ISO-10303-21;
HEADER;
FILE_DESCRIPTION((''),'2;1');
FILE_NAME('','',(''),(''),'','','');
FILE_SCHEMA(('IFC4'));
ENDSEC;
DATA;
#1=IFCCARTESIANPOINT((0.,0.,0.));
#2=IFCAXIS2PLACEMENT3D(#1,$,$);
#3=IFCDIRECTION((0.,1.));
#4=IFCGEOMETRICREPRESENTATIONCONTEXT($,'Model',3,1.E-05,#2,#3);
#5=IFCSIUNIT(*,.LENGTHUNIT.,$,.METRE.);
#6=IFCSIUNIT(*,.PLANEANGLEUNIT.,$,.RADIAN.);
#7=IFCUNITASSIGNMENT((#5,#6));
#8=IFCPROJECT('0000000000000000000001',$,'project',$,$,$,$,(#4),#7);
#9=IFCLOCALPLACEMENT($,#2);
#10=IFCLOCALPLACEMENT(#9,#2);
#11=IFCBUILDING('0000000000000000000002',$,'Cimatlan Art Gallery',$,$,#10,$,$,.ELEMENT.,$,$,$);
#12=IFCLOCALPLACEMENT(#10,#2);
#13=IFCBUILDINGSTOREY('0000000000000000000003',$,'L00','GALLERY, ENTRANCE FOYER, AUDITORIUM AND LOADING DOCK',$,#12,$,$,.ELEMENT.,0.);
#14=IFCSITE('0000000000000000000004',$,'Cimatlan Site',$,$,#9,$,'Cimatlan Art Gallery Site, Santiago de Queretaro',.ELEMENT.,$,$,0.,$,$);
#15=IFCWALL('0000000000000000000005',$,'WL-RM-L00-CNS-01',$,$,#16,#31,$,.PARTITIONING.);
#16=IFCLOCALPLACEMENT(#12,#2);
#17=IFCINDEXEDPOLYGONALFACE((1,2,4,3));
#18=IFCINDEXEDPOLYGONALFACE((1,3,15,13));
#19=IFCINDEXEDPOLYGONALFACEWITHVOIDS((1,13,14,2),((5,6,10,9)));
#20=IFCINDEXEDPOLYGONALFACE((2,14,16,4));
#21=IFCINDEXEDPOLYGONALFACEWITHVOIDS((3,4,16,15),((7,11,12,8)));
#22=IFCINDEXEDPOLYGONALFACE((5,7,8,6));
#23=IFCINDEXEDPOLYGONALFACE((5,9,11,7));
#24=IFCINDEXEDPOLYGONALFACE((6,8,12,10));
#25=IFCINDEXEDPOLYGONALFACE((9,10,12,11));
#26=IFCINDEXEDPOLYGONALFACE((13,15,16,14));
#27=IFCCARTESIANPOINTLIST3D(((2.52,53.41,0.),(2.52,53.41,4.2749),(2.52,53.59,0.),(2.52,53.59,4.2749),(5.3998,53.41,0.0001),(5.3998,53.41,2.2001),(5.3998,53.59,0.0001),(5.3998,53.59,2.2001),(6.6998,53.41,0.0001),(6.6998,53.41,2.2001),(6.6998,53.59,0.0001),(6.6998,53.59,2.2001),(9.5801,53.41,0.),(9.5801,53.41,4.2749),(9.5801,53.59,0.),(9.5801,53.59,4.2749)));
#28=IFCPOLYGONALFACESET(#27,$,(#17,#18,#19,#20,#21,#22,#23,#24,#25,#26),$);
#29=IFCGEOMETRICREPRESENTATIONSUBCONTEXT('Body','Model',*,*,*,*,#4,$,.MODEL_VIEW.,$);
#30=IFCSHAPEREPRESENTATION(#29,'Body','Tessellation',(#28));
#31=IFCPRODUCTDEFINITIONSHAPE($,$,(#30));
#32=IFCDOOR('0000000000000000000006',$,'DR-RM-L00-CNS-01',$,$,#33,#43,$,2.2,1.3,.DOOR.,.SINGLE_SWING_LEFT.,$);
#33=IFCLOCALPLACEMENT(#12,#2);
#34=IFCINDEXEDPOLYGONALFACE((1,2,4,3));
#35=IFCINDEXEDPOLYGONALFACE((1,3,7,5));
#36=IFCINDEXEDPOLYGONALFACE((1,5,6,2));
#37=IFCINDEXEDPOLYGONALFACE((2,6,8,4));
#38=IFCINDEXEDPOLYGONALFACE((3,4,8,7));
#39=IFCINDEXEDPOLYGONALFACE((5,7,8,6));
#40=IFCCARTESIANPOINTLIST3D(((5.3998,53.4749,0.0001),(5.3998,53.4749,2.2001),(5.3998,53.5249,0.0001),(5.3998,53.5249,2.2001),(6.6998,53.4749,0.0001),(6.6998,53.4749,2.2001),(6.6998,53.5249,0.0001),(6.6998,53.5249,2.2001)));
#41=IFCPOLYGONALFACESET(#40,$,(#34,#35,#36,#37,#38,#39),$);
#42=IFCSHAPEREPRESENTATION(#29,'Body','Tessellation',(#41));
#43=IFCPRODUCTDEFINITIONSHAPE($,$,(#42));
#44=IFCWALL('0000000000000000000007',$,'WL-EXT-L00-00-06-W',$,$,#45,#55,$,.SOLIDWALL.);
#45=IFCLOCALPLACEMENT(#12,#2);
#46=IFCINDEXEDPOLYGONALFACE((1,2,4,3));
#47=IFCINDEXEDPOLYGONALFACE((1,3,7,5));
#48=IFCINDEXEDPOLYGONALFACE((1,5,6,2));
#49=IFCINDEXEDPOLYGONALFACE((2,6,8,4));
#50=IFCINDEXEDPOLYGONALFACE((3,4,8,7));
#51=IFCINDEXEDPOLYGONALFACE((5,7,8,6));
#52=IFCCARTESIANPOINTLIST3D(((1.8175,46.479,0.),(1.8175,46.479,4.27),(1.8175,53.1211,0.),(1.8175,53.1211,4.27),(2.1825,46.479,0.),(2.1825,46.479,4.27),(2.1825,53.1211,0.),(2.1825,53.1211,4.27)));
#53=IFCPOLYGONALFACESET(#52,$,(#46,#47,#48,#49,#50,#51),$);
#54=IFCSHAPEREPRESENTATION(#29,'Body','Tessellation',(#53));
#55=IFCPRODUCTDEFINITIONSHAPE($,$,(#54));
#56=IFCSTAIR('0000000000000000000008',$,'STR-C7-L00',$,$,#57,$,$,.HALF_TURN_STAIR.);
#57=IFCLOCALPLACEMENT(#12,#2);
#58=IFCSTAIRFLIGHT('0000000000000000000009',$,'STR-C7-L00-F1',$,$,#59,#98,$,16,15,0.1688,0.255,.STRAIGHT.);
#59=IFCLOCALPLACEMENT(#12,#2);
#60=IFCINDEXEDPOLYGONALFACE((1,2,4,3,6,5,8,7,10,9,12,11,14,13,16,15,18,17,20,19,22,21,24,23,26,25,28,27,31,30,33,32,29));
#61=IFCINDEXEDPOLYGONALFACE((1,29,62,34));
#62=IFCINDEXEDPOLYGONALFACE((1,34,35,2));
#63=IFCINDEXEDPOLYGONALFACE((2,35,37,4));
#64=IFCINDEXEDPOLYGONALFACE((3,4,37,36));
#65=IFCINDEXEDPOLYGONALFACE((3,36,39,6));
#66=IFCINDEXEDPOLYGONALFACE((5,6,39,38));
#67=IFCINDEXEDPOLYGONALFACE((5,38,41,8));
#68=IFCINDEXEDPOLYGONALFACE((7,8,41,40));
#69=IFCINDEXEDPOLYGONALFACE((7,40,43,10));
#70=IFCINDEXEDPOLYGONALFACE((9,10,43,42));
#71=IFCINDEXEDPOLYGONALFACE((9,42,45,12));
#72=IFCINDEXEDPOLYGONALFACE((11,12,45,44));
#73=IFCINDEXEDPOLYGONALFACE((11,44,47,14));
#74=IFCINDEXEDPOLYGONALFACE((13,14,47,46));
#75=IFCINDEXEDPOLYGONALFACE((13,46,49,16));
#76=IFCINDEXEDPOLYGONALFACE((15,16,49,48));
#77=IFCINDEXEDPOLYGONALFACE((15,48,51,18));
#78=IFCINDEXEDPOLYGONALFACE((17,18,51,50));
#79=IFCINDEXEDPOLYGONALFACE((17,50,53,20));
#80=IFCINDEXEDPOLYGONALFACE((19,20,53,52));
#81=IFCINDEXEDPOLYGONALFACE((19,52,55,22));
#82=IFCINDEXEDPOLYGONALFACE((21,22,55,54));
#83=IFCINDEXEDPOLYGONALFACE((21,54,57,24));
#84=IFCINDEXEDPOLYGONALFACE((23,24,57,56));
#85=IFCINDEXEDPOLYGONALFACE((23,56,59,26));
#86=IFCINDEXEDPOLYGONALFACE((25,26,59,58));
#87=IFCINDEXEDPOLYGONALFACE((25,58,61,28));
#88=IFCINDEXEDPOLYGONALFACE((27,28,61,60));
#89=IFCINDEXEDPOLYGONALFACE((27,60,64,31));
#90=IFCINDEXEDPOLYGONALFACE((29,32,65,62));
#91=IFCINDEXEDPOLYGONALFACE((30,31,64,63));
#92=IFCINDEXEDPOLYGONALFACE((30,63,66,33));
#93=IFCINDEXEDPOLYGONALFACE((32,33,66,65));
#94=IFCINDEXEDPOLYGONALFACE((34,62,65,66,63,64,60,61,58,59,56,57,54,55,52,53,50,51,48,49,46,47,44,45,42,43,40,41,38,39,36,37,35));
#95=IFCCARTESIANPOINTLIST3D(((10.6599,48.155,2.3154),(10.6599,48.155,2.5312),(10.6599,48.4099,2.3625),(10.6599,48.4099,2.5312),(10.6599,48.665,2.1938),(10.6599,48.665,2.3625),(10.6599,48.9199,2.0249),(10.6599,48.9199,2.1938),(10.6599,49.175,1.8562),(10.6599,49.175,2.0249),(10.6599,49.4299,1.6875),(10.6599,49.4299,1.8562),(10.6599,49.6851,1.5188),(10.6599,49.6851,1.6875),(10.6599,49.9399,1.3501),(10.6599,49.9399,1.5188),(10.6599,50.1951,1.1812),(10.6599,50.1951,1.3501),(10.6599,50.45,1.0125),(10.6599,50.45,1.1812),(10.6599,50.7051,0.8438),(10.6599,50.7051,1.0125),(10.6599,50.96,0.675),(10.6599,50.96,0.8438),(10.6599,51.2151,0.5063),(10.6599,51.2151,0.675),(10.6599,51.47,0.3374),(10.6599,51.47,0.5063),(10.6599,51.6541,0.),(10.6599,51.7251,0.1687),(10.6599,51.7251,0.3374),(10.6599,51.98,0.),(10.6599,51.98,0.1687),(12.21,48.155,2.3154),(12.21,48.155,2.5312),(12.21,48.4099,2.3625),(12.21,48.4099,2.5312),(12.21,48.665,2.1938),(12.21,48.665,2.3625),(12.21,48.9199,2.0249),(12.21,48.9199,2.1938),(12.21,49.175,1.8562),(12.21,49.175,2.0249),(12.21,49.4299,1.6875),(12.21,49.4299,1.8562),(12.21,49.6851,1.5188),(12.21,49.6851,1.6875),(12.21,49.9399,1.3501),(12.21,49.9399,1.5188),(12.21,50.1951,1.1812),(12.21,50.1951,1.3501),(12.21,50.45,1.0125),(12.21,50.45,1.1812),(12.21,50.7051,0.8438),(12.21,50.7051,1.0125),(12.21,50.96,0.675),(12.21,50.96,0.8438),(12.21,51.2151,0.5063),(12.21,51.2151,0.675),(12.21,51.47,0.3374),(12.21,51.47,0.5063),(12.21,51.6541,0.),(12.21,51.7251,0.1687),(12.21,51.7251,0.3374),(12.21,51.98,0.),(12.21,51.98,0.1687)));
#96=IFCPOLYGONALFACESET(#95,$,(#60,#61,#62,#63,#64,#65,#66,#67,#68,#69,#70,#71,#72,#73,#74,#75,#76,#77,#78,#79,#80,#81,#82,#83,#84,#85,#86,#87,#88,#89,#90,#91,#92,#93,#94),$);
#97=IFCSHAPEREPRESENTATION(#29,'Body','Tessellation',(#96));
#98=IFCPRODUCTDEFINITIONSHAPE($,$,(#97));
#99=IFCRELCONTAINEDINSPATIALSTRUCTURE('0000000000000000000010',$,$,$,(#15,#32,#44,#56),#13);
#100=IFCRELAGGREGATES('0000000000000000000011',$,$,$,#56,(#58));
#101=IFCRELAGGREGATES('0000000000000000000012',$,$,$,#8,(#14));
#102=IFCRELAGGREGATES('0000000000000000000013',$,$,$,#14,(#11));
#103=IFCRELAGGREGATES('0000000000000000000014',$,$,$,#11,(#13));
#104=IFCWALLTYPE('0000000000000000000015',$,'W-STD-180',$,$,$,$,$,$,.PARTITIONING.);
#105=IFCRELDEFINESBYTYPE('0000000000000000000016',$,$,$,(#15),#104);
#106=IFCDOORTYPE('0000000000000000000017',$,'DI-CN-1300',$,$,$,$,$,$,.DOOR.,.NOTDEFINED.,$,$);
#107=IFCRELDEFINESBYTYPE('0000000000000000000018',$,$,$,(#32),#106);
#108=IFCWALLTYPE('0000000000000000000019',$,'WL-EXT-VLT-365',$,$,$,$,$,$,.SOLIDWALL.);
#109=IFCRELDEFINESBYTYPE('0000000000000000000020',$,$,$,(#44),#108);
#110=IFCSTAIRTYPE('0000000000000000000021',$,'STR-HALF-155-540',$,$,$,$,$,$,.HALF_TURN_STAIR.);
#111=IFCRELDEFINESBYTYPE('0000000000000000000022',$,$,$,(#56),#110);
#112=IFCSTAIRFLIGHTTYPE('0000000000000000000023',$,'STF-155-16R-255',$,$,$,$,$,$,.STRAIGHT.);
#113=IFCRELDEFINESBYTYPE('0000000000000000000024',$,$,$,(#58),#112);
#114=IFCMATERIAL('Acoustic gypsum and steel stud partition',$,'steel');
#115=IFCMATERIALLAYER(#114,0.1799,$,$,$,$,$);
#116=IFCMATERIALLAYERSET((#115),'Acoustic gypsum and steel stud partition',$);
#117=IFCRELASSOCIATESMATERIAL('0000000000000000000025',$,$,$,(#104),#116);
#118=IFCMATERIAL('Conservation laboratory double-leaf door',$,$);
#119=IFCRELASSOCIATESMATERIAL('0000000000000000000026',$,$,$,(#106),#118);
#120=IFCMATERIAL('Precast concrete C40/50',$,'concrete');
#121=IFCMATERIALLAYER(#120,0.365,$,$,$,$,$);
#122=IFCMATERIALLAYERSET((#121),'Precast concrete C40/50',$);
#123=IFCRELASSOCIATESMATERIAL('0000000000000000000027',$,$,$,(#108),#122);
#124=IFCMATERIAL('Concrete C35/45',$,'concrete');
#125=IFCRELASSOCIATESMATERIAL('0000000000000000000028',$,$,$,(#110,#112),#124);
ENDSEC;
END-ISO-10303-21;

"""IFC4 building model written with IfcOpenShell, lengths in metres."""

from ifc_helpers import new_model, si_unit, direction, frame, frame_2d, origin, place, context, subcontext, project, spatial, polyline, rectangle, outline, extrude, material, layer, layer_set, type_object, element, fill, aggregate, save


model = new_model("IFC4")

# Units and contexts
model_context = context("Model", 3, precision=1e-05, world=origin(), true_north=direction((0.0, 1.0)))
body_context = subcontext(model_context, "Body", "Model", "MODEL_VIEW")
ifc_project = project(units=[si_unit("LENGTHUNIT", "METRE"), si_unit("PLANEANGLEUNIT", "RADIAN")], contexts=[model_context])

# Site, building, storey
site_placement = place(None, origin())
site = spatial("IfcSite", under=ifc_project, at=site_placement, Name="Cimatlan Site", LongName="Cimatlan Art Gallery Site, Santiago de Queretaro", CompositionType="ELEMENT", RefElevation=0.0)
building_placement = place(site_placement, origin())
building = spatial("IfcBuilding", under=site, at=building_placement, Name="Cimatlan Art Gallery", CompositionType="ELEMENT")
storey_placement = place(building_placement, origin())
storey = spatial("IfcBuildingStorey", under=building, at=storey_placement, Name="L00", Description="GALLERY, ENTRANCE FOYER, AUDITORIUM AND LOADING DOCK", CompositionType="ELEMENT", Elevation=0.0)

# Wall, opening, door
ifc_material_1 = material(Name="Acoustic gypsum and steel stud partition", Category="steel")
ifc_layer_1 = layer(ifc_material_1, 0.1799)
ifc_layer_set_1 = layer_set([ifc_layer_1], Name="Acoustic gypsum and steel stud partition")
wall_type_1 = type_object("IfcWallType", Name="W-STD-180", PredefinedType="PARTITIONING", material=ifc_layer_set_1)
wall_1_placement = place(storey_placement, frame((2.52, 53.5, 0.0), z_axis=(0.0, 0.0, 1.0), x_axis=(1.0, 0.0, 0.0)))
wall_1 = element("IfcWall", 1, at=wall_1_placement, inside=storey, type_object=wall_type_1, Name="WL-RM-L00-CNS-01", PredefinedType="PARTITIONING", context=body_context, shape_type="SweptSolid", body=[
    extrude(rectangle(XDim=7.0601, YDim=0.1799, at=frame_2d((3.53, 0.0))), origin(), (0.0, 0.0, 1.0), 4.2749),
])
opening_1_placement = place(wall_1_placement, frame((2.8799, 0.0, 0.0)))
opening_1 = element("IfcOpeningElement", 2, at=opening_1_placement, cuts=wall_1, PredefinedType="OPENING", context=body_context, shape_type="SweptSolid", body=[
    extrude(rectangle(XDim=1.3, YDim=2.2, at=frame_2d((0.6499, 1.1001))), frame((0.0, 0.1001, 0.0), z_axis=(0.0, -1.0, 0.0), x_axis=(1.0, 0.0, 0.0)), (0.0, 0.0, 1.0), 0.2),
])
ifc_material_2 = material(Name="Conservation laboratory double-leaf door")
door_type_1 = type_object("IfcDoorType", Name="DI-CN-1300", OperationType="NOTDEFINED", PredefinedType="DOOR", material=ifc_material_2)
door_1_placement = place(opening_1_placement, origin())
door_1 = element("IfcDoor", 3, at=door_1_placement, inside=storey, type_object=door_type_1, Name="DR-RM-L00-CNS-01", OperationType="SINGLE_SWING_LEFT", OverallHeight=2.2, OverallWidth=1.3, PredefinedType="DOOR", context=body_context, shape_type="SweptSolid", body=[
    extrude(rectangle(XDim=1.3, YDim=2.2, at=frame_2d((0.6499, 1.1001))), frame((0.0, 0.0249, 0.0), z_axis=(0.0, -1.0, 0.0), x_axis=(1.0, 0.0, 0.0)), (0.0, 0.0, 1.0), 0.05),
])
fill(opening_1, door_1)

# Wall
ifc_material_3 = material(Name="Precast concrete C40/50", Category="concrete")
ifc_layer_2 = layer(ifc_material_3, 0.365)
ifc_layer_set_2 = layer_set([ifc_layer_2], Name="Precast concrete C40/50")
wall_type_2 = type_object("IfcWallType", Name="WL-EXT-VLT-365", PredefinedType="SOLIDWALL", material=ifc_layer_set_2)
wall_2_placement = place(storey_placement, frame((2.0, 46.479, 0.0), z_axis=(0.0, 0.0, 1.0), x_axis=(0.0, 1.0, 0.0)))
element("IfcWall", 4, at=wall_2_placement, inside=storey, type_object=wall_type_2, Name="WL-EXT-L00-00-06-W", PredefinedType="SOLIDWALL", context=body_context, shape_type="SweptSolid", body=[
    extrude(rectangle(XDim=6.6421, YDim=0.365, at=frame_2d((3.321, 0.0))), origin(), (0.0, 0.0, 1.0), 4.27),
])

# Stair, stair flight
ifc_material_4 = material(Name="Concrete C35/45", Category="concrete")
stair_type = type_object("IfcStairType", Name="STR-HALF-155-540", PredefinedType="HALF_TURN_STAIR", material=ifc_material_4)
stair_placement = place(storey_placement, origin())
stair = element("IfcStair", 5, at=stair_placement, inside=storey, type_object=stair_type, Name="STR-C7-L00", PredefinedType="HALF_TURN_STAIR")
stair_flight_type = type_object("IfcStairFlightType", Name="STF-155-16R-255", PredefinedType="STRAIGHT", material=ifc_material_4)
stair_flight_placement = place(storey_placement, frame((11.4351, 51.98, 0.0), z_axis=(0.0, 0.0, 1.0), x_axis=(0.0, -1.0, 0.0)))
stair_flight = element("IfcStairFlight", 6, at=stair_flight_placement, type_object=stair_flight_type, Name="STR-C7-L00-F1", NumberOfRisers=16, NumberOfTreads=15, PredefinedType="STRAIGHT", RiserHeight=0.1688, TreadLength=0.255, context=body_context, shape_type="SweptSolid", body=[
    extrude(outline(polyline([(0.0, 0.0), (0.0, 0.1687), (0.2549, 0.1687), (0.2549, 0.3374), (0.51, 0.3374), (0.51, 0.5063), (0.7649, 0.5063), (0.7649, 0.675), (1.02, 0.675), (1.02, 0.8438), (1.2749, 0.8438), (1.2749, 1.0125), (1.53, 1.0125), (1.53, 1.1812), (1.7849, 1.1812), (1.7849, 1.3501), (2.04, 1.3501), (2.04, 1.5188), (2.2949, 1.5188), (2.2949, 1.6875), (2.55, 1.6875), (2.55, 1.8562), (2.8049, 1.8562), (2.8049, 2.0249), (3.0601, 2.0249), (3.0601, 2.1938), (3.3149, 2.1938), (3.3149, 2.3625), (3.5701, 2.3625), (3.5701, 2.5312), (3.825, 2.5312), (3.825, 2.7), (3.825, 2.3154), (0.3259, 0.0), (0.0, 0.0)])), frame((0.0, 0.7749, 0.0), z_axis=(0.0, -1.0, 0.0), x_axis=(1.0, 0.0, 0.0)), (0.0, 0.0, 1.0), 1.55),
])
aggregate(stair, [stair_flight])

save(model, "model.ifc")
